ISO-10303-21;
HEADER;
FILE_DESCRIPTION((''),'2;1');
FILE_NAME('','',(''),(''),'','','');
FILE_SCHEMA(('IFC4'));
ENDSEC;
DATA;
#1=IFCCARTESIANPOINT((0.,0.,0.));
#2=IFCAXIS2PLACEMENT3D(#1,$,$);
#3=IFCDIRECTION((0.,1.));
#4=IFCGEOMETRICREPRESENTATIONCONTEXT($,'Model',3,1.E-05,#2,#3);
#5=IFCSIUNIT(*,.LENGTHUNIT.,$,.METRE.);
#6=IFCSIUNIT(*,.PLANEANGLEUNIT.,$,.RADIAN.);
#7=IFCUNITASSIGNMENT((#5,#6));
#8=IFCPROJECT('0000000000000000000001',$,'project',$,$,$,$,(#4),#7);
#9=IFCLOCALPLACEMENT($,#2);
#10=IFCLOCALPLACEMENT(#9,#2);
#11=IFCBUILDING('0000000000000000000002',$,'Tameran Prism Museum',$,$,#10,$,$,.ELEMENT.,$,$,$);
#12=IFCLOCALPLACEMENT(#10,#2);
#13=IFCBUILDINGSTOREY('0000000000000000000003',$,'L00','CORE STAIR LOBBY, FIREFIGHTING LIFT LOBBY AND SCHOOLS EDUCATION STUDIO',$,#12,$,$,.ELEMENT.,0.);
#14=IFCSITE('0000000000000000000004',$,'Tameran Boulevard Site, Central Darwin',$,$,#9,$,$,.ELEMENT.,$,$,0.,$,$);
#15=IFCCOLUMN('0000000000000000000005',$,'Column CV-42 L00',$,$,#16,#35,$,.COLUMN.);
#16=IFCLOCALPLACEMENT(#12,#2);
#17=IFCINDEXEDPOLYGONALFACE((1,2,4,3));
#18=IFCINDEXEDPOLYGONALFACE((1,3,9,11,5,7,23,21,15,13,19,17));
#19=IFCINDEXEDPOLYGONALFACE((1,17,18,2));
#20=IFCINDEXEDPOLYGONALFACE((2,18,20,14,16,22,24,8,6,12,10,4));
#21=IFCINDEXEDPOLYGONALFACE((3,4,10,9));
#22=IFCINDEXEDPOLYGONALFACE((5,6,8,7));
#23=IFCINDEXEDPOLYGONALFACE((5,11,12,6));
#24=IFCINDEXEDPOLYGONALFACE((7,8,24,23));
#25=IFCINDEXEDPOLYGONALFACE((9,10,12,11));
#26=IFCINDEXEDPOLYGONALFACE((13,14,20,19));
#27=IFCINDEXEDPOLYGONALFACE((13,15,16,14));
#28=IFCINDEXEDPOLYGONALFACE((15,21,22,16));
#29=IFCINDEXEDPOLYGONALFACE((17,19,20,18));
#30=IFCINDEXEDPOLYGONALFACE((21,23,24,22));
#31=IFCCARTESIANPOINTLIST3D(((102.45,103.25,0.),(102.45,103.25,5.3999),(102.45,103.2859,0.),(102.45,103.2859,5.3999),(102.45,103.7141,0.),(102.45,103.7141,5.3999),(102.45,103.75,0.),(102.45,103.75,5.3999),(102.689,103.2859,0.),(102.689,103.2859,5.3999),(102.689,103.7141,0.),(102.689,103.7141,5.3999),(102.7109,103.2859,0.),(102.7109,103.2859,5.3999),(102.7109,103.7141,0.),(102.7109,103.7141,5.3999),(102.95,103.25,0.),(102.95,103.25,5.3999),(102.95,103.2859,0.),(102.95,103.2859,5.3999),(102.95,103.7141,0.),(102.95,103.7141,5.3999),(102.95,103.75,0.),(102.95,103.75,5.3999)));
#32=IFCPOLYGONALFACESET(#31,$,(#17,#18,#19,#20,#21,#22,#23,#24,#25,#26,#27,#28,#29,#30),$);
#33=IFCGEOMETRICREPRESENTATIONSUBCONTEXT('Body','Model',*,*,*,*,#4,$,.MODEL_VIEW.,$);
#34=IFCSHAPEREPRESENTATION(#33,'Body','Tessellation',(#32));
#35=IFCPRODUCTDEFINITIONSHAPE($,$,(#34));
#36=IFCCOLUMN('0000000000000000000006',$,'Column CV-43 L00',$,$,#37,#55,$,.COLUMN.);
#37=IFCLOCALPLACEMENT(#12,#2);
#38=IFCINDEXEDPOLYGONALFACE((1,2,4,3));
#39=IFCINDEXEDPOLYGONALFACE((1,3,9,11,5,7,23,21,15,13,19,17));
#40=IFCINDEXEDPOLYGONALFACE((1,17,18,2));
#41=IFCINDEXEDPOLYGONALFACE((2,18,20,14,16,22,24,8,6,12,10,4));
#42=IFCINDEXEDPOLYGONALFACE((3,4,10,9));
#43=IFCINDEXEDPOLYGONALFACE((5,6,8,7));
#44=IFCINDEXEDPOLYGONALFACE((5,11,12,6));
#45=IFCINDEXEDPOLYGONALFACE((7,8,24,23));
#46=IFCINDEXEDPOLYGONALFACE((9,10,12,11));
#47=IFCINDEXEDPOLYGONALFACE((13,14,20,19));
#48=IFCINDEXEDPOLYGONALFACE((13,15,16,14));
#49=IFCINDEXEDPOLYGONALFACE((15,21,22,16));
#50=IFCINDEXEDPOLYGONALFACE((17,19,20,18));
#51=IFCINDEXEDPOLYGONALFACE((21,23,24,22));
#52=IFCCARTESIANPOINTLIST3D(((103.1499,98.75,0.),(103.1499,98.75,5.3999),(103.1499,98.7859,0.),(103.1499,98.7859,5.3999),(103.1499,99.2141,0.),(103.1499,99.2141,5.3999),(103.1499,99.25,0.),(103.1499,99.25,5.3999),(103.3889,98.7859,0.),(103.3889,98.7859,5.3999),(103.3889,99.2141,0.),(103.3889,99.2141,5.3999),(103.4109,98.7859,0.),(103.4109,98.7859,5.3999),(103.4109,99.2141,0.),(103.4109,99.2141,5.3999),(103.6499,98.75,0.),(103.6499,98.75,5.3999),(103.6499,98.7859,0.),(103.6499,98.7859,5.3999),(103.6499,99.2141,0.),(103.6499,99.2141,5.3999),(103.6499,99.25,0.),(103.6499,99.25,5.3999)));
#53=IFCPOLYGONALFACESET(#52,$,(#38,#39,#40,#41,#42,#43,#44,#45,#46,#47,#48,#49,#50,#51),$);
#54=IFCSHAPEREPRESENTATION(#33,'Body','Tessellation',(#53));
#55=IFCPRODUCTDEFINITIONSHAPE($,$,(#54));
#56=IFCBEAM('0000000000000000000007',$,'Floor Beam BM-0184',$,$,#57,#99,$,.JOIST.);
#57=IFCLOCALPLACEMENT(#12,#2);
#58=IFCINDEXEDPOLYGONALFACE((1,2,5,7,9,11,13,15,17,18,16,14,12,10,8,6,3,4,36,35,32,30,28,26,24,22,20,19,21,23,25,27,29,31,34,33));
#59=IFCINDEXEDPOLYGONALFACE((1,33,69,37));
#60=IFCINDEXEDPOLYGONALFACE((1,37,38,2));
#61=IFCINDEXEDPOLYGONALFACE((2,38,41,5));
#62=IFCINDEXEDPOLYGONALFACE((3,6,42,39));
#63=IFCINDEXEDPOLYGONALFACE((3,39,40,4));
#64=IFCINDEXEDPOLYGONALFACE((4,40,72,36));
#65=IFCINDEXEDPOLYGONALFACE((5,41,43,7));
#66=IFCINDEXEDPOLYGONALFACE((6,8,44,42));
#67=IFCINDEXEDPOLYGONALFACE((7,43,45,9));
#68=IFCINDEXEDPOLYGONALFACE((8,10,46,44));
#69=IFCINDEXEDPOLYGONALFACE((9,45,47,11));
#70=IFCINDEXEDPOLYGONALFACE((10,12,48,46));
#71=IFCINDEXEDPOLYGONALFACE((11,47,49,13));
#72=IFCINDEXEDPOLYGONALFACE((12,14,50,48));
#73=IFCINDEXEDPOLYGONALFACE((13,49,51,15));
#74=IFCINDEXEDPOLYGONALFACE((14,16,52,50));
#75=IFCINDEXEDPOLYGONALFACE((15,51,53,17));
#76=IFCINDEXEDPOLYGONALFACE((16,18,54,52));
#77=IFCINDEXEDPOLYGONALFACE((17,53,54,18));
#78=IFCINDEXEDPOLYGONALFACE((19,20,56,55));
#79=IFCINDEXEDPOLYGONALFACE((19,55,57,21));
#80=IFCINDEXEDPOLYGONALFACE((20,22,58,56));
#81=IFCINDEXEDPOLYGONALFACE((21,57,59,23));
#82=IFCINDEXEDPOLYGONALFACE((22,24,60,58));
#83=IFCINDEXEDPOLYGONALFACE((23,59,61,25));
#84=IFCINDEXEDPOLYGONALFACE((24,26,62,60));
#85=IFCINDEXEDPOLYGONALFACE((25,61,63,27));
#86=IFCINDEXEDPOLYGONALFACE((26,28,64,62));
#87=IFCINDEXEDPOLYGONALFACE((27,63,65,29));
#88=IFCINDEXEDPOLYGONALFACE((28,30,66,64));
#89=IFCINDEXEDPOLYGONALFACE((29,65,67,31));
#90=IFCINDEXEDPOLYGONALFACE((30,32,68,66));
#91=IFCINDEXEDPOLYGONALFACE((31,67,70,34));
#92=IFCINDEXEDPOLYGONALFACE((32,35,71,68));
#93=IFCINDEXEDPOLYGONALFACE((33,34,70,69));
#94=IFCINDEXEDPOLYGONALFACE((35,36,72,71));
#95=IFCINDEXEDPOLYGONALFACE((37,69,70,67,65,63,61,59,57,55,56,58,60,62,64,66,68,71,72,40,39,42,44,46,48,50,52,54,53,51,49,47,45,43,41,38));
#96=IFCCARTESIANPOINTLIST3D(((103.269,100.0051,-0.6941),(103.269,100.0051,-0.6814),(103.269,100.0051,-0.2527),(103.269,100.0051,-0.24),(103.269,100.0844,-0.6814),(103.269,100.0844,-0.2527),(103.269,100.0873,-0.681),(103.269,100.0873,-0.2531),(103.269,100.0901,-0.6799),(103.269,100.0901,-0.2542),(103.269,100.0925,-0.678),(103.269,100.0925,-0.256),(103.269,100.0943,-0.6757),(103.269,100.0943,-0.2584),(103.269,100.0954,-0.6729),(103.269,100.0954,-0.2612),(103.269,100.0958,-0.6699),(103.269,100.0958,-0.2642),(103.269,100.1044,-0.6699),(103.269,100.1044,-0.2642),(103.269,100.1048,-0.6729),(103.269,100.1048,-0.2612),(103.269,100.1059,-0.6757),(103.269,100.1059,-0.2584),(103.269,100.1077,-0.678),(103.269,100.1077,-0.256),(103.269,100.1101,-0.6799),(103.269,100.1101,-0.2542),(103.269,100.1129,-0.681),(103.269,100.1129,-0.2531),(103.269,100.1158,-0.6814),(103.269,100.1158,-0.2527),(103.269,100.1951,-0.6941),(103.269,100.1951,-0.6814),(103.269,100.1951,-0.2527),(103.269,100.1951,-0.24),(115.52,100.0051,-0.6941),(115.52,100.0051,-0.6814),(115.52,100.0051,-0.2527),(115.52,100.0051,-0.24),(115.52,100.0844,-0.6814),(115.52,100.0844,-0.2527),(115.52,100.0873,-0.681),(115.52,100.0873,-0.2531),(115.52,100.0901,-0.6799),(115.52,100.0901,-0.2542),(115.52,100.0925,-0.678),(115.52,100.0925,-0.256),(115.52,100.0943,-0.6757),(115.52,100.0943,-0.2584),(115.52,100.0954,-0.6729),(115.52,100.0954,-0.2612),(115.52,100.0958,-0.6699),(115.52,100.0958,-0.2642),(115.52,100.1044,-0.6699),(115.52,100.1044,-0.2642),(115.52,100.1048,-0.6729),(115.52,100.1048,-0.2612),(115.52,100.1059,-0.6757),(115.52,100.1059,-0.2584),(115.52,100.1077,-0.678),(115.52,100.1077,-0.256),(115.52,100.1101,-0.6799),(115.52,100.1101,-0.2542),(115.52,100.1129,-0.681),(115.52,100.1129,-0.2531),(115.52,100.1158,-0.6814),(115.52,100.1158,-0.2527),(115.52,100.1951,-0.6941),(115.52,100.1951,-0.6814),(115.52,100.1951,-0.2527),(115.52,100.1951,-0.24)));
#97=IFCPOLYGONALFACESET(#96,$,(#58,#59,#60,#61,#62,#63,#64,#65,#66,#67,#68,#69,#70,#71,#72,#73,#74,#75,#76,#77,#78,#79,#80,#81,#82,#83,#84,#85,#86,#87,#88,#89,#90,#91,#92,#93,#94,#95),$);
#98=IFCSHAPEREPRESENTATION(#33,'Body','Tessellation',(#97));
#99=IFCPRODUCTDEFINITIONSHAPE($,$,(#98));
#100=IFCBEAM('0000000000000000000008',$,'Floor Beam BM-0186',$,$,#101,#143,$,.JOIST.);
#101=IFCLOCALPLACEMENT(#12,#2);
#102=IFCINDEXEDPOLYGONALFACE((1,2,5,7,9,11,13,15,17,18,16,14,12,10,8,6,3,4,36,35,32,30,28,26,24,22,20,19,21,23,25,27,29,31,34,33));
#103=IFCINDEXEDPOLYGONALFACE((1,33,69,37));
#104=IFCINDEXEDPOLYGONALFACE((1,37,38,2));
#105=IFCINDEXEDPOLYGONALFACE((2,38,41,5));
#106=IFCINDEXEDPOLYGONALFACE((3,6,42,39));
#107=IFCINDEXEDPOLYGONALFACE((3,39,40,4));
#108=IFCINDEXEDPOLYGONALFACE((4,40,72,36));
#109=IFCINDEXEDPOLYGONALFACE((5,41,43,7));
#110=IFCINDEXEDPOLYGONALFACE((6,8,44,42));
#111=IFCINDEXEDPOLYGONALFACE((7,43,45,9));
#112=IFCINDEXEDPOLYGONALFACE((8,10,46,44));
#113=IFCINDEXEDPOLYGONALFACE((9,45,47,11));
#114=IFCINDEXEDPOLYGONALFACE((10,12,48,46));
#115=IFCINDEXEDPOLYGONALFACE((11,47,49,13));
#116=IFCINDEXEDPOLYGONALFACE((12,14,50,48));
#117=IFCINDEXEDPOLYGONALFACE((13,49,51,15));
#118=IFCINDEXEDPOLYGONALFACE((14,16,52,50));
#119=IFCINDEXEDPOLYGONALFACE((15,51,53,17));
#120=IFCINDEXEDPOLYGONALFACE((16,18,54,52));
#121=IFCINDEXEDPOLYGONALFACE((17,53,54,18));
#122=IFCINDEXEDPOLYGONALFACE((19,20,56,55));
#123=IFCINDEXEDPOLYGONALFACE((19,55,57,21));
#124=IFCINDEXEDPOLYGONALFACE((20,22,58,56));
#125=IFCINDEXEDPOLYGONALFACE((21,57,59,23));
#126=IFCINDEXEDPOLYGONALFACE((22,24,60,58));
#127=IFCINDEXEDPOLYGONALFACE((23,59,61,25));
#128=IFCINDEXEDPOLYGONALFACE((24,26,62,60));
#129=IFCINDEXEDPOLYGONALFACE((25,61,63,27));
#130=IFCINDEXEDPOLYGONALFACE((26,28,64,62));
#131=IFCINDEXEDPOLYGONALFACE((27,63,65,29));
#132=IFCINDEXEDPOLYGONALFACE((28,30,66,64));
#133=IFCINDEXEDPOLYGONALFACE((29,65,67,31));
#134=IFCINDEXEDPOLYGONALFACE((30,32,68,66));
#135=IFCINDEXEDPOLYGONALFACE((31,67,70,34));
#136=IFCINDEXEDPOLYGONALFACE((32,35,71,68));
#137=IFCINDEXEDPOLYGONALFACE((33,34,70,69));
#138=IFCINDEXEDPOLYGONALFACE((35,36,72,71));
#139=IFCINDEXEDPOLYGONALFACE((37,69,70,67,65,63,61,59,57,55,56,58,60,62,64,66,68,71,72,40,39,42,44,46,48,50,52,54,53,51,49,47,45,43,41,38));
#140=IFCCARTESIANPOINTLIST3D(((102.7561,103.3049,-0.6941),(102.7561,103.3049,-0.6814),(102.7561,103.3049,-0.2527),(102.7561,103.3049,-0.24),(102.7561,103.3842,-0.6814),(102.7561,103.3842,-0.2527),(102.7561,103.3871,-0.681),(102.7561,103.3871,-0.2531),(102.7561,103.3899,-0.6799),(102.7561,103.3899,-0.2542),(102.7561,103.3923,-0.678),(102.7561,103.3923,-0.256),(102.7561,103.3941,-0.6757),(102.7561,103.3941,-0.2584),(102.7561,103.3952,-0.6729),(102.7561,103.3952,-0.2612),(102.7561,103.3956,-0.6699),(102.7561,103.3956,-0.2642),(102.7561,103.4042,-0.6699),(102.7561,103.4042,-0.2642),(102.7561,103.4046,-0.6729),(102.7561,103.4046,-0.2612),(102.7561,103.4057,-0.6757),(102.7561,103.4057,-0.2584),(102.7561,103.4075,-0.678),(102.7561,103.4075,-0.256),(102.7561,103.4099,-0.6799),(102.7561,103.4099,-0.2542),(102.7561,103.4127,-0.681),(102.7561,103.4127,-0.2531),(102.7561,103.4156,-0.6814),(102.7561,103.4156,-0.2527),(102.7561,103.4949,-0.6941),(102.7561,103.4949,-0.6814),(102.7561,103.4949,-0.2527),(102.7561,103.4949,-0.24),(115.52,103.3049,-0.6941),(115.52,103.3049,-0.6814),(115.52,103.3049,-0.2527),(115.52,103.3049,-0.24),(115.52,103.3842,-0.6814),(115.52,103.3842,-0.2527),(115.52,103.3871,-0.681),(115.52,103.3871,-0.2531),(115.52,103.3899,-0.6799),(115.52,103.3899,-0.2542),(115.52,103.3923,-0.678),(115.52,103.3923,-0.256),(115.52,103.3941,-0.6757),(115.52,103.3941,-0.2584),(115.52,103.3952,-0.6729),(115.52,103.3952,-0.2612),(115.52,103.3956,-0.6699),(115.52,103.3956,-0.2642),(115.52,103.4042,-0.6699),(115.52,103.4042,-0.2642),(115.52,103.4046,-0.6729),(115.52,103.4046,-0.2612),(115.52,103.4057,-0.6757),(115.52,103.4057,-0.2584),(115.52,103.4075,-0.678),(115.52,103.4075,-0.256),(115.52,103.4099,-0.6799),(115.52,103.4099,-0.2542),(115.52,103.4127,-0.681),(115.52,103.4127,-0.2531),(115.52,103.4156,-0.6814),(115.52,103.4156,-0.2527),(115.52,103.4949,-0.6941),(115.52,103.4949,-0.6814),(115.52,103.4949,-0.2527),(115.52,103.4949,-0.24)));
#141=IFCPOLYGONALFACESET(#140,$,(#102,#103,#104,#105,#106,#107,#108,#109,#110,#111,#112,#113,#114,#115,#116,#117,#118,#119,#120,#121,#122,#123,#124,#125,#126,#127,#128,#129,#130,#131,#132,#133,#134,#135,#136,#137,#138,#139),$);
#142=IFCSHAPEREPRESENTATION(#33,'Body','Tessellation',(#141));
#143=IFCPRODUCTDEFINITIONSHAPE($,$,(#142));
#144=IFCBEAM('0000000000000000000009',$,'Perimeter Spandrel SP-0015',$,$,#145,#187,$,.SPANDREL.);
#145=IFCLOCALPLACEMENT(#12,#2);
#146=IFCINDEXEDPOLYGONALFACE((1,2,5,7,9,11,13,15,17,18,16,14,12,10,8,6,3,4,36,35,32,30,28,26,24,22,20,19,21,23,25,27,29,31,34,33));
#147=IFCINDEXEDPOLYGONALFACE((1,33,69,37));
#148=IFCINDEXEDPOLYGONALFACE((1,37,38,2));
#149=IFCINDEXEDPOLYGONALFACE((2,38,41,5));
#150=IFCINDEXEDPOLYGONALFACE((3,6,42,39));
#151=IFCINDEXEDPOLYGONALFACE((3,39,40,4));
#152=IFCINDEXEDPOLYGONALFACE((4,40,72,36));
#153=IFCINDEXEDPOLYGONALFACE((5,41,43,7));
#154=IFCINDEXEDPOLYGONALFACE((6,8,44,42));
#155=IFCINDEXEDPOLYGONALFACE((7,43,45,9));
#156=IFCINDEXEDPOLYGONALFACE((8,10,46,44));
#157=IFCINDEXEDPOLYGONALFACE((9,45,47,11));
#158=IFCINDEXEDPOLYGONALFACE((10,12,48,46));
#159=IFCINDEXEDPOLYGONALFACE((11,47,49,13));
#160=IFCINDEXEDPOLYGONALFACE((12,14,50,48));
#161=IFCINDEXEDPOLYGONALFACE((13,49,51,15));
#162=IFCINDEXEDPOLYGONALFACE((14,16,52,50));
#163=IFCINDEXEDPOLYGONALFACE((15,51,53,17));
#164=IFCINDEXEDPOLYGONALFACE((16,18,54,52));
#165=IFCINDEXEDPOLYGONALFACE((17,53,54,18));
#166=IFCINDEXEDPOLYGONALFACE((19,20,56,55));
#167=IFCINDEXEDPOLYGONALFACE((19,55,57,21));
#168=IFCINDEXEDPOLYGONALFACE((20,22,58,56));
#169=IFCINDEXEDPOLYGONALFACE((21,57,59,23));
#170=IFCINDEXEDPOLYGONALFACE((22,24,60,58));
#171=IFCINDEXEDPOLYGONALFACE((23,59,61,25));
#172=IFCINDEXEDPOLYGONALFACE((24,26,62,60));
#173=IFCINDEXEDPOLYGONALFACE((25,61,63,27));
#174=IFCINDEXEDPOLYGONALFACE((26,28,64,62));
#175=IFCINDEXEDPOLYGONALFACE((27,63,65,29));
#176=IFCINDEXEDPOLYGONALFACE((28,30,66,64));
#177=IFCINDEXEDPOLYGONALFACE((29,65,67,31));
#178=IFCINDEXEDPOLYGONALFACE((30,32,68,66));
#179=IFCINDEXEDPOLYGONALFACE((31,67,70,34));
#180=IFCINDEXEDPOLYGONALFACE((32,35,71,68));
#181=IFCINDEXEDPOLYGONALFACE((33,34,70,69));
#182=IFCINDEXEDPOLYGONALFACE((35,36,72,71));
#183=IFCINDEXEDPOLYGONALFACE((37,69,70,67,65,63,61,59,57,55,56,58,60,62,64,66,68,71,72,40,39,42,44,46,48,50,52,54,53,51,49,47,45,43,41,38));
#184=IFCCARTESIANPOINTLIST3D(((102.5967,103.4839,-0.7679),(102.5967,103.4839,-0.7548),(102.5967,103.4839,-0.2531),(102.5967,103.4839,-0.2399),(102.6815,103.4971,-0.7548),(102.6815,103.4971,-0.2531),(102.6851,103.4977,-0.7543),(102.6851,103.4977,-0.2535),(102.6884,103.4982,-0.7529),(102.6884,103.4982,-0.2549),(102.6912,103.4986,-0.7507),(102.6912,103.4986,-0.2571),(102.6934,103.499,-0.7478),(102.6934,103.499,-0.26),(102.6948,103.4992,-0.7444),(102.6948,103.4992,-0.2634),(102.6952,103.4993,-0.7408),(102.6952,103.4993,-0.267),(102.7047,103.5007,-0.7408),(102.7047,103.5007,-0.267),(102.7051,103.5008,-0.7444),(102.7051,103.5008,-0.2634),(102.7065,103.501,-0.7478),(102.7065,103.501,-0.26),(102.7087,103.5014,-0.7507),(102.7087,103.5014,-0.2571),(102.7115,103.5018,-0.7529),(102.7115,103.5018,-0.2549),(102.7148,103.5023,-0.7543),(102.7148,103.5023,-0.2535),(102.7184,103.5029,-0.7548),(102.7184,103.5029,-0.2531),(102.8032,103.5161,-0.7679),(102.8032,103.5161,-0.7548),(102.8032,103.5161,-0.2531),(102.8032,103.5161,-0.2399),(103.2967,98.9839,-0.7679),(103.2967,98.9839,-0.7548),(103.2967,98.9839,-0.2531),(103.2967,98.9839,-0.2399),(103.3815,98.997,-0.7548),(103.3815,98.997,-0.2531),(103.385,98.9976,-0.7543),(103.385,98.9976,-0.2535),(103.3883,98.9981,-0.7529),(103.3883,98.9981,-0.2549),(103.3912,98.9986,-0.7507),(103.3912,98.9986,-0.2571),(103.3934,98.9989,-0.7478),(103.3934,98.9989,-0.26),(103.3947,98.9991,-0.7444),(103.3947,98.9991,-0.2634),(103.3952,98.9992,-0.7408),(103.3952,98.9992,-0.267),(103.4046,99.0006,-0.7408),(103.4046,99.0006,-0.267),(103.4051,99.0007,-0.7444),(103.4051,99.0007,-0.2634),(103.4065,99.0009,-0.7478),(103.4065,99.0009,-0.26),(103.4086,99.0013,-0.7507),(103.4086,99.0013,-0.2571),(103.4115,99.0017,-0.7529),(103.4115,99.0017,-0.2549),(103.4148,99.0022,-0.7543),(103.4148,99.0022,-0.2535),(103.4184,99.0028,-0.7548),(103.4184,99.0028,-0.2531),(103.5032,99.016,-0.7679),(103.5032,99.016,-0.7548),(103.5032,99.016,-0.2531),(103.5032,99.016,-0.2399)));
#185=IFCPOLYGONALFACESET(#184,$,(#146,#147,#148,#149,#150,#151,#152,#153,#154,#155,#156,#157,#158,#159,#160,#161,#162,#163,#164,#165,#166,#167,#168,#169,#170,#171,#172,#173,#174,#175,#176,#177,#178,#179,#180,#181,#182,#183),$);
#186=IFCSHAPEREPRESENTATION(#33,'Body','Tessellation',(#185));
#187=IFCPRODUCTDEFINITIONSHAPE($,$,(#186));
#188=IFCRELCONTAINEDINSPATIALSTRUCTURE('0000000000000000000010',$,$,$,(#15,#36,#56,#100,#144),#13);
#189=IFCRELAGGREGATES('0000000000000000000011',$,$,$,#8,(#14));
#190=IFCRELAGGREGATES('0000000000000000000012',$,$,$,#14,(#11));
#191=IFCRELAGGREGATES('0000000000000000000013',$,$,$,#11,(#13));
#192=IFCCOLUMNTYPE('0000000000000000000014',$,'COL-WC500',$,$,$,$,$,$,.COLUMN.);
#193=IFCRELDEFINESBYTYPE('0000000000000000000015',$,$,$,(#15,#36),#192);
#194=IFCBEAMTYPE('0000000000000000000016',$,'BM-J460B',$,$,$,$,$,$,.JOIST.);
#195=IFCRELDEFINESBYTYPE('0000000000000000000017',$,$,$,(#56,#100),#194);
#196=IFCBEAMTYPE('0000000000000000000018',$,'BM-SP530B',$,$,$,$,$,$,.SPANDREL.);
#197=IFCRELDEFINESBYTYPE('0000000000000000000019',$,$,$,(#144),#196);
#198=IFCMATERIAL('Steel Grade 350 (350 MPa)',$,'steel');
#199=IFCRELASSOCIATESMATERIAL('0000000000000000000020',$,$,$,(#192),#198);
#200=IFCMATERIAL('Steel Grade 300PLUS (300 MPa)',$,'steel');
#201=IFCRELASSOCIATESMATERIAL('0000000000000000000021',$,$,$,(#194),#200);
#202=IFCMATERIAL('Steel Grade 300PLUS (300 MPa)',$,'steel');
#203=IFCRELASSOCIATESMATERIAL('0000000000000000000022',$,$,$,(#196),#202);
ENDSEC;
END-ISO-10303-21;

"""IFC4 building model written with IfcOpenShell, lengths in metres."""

from ifc_helpers import new_model, si_unit, direction, frame, origin, origin_2d, place, context, subcontext, project, spatial, i_section, extrude, material, material_profile, profile_set, type_object, element, save


model = new_model("IFC4")

# Units and contexts
model_context = context("Model", 3, precision=1e-05, world=origin(), true_north=direction((0.0, 1.0)))
body_context = subcontext(model_context, "Body", "Model", "MODEL_VIEW")
ifc_project = project(units=[si_unit("LENGTHUNIT", "METRE"), si_unit("PLANEANGLEUNIT", "RADIAN")], contexts=[model_context])

# Site, building, storey
site_placement = place(None, origin())
site = spatial("IfcSite", under=ifc_project, at=site_placement, Name="Tameran Boulevard Site, Central Darwin", CompositionType="ELEMENT", RefElevation=0.0)
building_placement = place(site_placement, origin())
building = spatial("IfcBuilding", under=site, at=building_placement, Name="Tameran Prism Museum", CompositionType="ELEMENT")
storey_placement = place(building_placement, origin())
storey = spatial("IfcBuildingStorey", under=building, at=storey_placement, Name="L00", Description="CORE STAIR LOBBY, FIREFIGHTING LIFT LOBBY AND SCHOOLS EDUCATION STUDIO", CompositionType="ELEMENT", Elevation=0.0)

# Columns
ifc_material_1 = material(Name="Steel Grade 350 (350 MPa)", Category="steel")
ifc_material_profile_1 = material_profile(ifc_material_1, i_section(OverallWidth=0.5, OverallDepth=0.5, WebThickness=0.022, FlangeThickness=0.0359, at=origin_2d()))
ifc_profile_set_1 = profile_set([ifc_material_profile_1])
column_type = type_object("IfcColumnType", Name="COL-WC500", PredefinedType="COLUMN", material=ifc_profile_set_1)
for number, where, z_axis, x_axis, name in (
    (1, (102.7, 103.5, 0.0), (0.0, 0.0, 1.0), (1.0, 0.0, 0.0), "Column CV-42 L00"),
    (2, (103.3999, 99.0, 0.0), (0.0, 0.0, 1.0), (1.0, 0.0, 0.0), "Column CV-43 L00"),
):
    element("IfcColumn", number, at=place(storey_placement, frame(where, z_axis=z_axis, x_axis=x_axis)), inside=storey, type_object=column_type, Name=name, PredefinedType="COLUMN", context=body_context, shape_type="SweptSolid", body=[
        extrude(i_section(OverallWidth=0.5, OverallDepth=0.5, WebThickness=0.022, FlangeThickness=0.0359, at=origin_2d()), origin(), (0.0, 0.0, 1.0), 5.3999),
    ])

# Beams
ifc_material_2 = material(Name="Steel Grade 300PLUS (300 MPa)", Category="steel")
ifc_material_profile_2 = material_profile(ifc_material_2, i_section(OverallWidth=0.1899, OverallDepth=0.4541, WebThickness=0.0085, FlangeThickness=0.0127, FilletRadius=0.0115, at=origin_2d()))
ifc_profile_set_2 = profile_set([ifc_material_profile_2])
beam_type_1 = type_object("IfcBeamType", Name="BM-J460B", PredefinedType="JOIST", material=ifc_profile_set_2)
beam_1_placement = place(storey_placement, frame((103.269, 100.1001, -0.467), z_axis=(1.0, 0.0, 0.0), x_axis=(0.0, 1.0, 0.0)))
element("IfcBeam", 3, at=beam_1_placement, inside=storey, type_object=beam_type_1, Name="Floor Beam BM-0184", PredefinedType="JOIST", context=body_context, shape_type="SweptSolid", body=[
    extrude(i_section(OverallWidth=0.1899, OverallDepth=0.4541, WebThickness=0.0085, FlangeThickness=0.0127, FilletRadius=0.0115, at=origin_2d()), origin(), (0.0, 0.0, 1.0), 12.251),
])
beam_2_placement = place(storey_placement, frame((102.7561, 103.3999, -0.467), z_axis=(1.0, 0.0, 0.0), x_axis=(0.0, 1.0, 0.0)))
element("IfcBeam", 4, at=beam_2_placement, inside=storey, type_object=beam_type_1, Name="Floor Beam BM-0186", PredefinedType="JOIST", context=body_context, shape_type="SweptSolid", body=[
    extrude(i_section(OverallWidth=0.1899, OverallDepth=0.4541, WebThickness=0.0085, FlangeThickness=0.0127, FilletRadius=0.0115, at=origin_2d()), origin(), (0.0, 0.0, 1.0), 12.7639),
])
ifc_material_3 = material(Name="Steel Grade 300PLUS (300 MPa)", Category="steel")
ifc_material_profile_3 = material_profile(ifc_material_3, i_section(OverallWidth=0.209, OverallDepth=0.5281, WebThickness=0.0095, FlangeThickness=0.0132, FilletRadius=0.0139, at=origin_2d()))
ifc_profile_set_3 = profile_set([ifc_material_profile_3])
beam_type_2 = type_object("IfcBeamType", Name="BM-SP530B", PredefinedType="SPANDREL", material=ifc_profile_set_3)
beam_3_placement = place(storey_placement, frame((102.7, 103.5, -0.5039), z_axis=(0.153697, -0.988118, 0.0), x_axis=(0.988118, 0.153697, 0.0)))
element("IfcBeam", 5, at=beam_3_placement, inside=storey, type_object=beam_type_2, Name="Perimeter Spandrel SP-0015", PredefinedType="SPANDREL", context=body_context, shape_type="SweptSolid", body=[
    extrude(i_section(OverallWidth=0.209, OverallDepth=0.5281, WebThickness=0.0095, FlangeThickness=0.0132, FilletRadius=0.0139, at=origin_2d()), origin(), (0.0, 0.0, 1.0), 4.5542),
])

save(model, "model.ifc")
